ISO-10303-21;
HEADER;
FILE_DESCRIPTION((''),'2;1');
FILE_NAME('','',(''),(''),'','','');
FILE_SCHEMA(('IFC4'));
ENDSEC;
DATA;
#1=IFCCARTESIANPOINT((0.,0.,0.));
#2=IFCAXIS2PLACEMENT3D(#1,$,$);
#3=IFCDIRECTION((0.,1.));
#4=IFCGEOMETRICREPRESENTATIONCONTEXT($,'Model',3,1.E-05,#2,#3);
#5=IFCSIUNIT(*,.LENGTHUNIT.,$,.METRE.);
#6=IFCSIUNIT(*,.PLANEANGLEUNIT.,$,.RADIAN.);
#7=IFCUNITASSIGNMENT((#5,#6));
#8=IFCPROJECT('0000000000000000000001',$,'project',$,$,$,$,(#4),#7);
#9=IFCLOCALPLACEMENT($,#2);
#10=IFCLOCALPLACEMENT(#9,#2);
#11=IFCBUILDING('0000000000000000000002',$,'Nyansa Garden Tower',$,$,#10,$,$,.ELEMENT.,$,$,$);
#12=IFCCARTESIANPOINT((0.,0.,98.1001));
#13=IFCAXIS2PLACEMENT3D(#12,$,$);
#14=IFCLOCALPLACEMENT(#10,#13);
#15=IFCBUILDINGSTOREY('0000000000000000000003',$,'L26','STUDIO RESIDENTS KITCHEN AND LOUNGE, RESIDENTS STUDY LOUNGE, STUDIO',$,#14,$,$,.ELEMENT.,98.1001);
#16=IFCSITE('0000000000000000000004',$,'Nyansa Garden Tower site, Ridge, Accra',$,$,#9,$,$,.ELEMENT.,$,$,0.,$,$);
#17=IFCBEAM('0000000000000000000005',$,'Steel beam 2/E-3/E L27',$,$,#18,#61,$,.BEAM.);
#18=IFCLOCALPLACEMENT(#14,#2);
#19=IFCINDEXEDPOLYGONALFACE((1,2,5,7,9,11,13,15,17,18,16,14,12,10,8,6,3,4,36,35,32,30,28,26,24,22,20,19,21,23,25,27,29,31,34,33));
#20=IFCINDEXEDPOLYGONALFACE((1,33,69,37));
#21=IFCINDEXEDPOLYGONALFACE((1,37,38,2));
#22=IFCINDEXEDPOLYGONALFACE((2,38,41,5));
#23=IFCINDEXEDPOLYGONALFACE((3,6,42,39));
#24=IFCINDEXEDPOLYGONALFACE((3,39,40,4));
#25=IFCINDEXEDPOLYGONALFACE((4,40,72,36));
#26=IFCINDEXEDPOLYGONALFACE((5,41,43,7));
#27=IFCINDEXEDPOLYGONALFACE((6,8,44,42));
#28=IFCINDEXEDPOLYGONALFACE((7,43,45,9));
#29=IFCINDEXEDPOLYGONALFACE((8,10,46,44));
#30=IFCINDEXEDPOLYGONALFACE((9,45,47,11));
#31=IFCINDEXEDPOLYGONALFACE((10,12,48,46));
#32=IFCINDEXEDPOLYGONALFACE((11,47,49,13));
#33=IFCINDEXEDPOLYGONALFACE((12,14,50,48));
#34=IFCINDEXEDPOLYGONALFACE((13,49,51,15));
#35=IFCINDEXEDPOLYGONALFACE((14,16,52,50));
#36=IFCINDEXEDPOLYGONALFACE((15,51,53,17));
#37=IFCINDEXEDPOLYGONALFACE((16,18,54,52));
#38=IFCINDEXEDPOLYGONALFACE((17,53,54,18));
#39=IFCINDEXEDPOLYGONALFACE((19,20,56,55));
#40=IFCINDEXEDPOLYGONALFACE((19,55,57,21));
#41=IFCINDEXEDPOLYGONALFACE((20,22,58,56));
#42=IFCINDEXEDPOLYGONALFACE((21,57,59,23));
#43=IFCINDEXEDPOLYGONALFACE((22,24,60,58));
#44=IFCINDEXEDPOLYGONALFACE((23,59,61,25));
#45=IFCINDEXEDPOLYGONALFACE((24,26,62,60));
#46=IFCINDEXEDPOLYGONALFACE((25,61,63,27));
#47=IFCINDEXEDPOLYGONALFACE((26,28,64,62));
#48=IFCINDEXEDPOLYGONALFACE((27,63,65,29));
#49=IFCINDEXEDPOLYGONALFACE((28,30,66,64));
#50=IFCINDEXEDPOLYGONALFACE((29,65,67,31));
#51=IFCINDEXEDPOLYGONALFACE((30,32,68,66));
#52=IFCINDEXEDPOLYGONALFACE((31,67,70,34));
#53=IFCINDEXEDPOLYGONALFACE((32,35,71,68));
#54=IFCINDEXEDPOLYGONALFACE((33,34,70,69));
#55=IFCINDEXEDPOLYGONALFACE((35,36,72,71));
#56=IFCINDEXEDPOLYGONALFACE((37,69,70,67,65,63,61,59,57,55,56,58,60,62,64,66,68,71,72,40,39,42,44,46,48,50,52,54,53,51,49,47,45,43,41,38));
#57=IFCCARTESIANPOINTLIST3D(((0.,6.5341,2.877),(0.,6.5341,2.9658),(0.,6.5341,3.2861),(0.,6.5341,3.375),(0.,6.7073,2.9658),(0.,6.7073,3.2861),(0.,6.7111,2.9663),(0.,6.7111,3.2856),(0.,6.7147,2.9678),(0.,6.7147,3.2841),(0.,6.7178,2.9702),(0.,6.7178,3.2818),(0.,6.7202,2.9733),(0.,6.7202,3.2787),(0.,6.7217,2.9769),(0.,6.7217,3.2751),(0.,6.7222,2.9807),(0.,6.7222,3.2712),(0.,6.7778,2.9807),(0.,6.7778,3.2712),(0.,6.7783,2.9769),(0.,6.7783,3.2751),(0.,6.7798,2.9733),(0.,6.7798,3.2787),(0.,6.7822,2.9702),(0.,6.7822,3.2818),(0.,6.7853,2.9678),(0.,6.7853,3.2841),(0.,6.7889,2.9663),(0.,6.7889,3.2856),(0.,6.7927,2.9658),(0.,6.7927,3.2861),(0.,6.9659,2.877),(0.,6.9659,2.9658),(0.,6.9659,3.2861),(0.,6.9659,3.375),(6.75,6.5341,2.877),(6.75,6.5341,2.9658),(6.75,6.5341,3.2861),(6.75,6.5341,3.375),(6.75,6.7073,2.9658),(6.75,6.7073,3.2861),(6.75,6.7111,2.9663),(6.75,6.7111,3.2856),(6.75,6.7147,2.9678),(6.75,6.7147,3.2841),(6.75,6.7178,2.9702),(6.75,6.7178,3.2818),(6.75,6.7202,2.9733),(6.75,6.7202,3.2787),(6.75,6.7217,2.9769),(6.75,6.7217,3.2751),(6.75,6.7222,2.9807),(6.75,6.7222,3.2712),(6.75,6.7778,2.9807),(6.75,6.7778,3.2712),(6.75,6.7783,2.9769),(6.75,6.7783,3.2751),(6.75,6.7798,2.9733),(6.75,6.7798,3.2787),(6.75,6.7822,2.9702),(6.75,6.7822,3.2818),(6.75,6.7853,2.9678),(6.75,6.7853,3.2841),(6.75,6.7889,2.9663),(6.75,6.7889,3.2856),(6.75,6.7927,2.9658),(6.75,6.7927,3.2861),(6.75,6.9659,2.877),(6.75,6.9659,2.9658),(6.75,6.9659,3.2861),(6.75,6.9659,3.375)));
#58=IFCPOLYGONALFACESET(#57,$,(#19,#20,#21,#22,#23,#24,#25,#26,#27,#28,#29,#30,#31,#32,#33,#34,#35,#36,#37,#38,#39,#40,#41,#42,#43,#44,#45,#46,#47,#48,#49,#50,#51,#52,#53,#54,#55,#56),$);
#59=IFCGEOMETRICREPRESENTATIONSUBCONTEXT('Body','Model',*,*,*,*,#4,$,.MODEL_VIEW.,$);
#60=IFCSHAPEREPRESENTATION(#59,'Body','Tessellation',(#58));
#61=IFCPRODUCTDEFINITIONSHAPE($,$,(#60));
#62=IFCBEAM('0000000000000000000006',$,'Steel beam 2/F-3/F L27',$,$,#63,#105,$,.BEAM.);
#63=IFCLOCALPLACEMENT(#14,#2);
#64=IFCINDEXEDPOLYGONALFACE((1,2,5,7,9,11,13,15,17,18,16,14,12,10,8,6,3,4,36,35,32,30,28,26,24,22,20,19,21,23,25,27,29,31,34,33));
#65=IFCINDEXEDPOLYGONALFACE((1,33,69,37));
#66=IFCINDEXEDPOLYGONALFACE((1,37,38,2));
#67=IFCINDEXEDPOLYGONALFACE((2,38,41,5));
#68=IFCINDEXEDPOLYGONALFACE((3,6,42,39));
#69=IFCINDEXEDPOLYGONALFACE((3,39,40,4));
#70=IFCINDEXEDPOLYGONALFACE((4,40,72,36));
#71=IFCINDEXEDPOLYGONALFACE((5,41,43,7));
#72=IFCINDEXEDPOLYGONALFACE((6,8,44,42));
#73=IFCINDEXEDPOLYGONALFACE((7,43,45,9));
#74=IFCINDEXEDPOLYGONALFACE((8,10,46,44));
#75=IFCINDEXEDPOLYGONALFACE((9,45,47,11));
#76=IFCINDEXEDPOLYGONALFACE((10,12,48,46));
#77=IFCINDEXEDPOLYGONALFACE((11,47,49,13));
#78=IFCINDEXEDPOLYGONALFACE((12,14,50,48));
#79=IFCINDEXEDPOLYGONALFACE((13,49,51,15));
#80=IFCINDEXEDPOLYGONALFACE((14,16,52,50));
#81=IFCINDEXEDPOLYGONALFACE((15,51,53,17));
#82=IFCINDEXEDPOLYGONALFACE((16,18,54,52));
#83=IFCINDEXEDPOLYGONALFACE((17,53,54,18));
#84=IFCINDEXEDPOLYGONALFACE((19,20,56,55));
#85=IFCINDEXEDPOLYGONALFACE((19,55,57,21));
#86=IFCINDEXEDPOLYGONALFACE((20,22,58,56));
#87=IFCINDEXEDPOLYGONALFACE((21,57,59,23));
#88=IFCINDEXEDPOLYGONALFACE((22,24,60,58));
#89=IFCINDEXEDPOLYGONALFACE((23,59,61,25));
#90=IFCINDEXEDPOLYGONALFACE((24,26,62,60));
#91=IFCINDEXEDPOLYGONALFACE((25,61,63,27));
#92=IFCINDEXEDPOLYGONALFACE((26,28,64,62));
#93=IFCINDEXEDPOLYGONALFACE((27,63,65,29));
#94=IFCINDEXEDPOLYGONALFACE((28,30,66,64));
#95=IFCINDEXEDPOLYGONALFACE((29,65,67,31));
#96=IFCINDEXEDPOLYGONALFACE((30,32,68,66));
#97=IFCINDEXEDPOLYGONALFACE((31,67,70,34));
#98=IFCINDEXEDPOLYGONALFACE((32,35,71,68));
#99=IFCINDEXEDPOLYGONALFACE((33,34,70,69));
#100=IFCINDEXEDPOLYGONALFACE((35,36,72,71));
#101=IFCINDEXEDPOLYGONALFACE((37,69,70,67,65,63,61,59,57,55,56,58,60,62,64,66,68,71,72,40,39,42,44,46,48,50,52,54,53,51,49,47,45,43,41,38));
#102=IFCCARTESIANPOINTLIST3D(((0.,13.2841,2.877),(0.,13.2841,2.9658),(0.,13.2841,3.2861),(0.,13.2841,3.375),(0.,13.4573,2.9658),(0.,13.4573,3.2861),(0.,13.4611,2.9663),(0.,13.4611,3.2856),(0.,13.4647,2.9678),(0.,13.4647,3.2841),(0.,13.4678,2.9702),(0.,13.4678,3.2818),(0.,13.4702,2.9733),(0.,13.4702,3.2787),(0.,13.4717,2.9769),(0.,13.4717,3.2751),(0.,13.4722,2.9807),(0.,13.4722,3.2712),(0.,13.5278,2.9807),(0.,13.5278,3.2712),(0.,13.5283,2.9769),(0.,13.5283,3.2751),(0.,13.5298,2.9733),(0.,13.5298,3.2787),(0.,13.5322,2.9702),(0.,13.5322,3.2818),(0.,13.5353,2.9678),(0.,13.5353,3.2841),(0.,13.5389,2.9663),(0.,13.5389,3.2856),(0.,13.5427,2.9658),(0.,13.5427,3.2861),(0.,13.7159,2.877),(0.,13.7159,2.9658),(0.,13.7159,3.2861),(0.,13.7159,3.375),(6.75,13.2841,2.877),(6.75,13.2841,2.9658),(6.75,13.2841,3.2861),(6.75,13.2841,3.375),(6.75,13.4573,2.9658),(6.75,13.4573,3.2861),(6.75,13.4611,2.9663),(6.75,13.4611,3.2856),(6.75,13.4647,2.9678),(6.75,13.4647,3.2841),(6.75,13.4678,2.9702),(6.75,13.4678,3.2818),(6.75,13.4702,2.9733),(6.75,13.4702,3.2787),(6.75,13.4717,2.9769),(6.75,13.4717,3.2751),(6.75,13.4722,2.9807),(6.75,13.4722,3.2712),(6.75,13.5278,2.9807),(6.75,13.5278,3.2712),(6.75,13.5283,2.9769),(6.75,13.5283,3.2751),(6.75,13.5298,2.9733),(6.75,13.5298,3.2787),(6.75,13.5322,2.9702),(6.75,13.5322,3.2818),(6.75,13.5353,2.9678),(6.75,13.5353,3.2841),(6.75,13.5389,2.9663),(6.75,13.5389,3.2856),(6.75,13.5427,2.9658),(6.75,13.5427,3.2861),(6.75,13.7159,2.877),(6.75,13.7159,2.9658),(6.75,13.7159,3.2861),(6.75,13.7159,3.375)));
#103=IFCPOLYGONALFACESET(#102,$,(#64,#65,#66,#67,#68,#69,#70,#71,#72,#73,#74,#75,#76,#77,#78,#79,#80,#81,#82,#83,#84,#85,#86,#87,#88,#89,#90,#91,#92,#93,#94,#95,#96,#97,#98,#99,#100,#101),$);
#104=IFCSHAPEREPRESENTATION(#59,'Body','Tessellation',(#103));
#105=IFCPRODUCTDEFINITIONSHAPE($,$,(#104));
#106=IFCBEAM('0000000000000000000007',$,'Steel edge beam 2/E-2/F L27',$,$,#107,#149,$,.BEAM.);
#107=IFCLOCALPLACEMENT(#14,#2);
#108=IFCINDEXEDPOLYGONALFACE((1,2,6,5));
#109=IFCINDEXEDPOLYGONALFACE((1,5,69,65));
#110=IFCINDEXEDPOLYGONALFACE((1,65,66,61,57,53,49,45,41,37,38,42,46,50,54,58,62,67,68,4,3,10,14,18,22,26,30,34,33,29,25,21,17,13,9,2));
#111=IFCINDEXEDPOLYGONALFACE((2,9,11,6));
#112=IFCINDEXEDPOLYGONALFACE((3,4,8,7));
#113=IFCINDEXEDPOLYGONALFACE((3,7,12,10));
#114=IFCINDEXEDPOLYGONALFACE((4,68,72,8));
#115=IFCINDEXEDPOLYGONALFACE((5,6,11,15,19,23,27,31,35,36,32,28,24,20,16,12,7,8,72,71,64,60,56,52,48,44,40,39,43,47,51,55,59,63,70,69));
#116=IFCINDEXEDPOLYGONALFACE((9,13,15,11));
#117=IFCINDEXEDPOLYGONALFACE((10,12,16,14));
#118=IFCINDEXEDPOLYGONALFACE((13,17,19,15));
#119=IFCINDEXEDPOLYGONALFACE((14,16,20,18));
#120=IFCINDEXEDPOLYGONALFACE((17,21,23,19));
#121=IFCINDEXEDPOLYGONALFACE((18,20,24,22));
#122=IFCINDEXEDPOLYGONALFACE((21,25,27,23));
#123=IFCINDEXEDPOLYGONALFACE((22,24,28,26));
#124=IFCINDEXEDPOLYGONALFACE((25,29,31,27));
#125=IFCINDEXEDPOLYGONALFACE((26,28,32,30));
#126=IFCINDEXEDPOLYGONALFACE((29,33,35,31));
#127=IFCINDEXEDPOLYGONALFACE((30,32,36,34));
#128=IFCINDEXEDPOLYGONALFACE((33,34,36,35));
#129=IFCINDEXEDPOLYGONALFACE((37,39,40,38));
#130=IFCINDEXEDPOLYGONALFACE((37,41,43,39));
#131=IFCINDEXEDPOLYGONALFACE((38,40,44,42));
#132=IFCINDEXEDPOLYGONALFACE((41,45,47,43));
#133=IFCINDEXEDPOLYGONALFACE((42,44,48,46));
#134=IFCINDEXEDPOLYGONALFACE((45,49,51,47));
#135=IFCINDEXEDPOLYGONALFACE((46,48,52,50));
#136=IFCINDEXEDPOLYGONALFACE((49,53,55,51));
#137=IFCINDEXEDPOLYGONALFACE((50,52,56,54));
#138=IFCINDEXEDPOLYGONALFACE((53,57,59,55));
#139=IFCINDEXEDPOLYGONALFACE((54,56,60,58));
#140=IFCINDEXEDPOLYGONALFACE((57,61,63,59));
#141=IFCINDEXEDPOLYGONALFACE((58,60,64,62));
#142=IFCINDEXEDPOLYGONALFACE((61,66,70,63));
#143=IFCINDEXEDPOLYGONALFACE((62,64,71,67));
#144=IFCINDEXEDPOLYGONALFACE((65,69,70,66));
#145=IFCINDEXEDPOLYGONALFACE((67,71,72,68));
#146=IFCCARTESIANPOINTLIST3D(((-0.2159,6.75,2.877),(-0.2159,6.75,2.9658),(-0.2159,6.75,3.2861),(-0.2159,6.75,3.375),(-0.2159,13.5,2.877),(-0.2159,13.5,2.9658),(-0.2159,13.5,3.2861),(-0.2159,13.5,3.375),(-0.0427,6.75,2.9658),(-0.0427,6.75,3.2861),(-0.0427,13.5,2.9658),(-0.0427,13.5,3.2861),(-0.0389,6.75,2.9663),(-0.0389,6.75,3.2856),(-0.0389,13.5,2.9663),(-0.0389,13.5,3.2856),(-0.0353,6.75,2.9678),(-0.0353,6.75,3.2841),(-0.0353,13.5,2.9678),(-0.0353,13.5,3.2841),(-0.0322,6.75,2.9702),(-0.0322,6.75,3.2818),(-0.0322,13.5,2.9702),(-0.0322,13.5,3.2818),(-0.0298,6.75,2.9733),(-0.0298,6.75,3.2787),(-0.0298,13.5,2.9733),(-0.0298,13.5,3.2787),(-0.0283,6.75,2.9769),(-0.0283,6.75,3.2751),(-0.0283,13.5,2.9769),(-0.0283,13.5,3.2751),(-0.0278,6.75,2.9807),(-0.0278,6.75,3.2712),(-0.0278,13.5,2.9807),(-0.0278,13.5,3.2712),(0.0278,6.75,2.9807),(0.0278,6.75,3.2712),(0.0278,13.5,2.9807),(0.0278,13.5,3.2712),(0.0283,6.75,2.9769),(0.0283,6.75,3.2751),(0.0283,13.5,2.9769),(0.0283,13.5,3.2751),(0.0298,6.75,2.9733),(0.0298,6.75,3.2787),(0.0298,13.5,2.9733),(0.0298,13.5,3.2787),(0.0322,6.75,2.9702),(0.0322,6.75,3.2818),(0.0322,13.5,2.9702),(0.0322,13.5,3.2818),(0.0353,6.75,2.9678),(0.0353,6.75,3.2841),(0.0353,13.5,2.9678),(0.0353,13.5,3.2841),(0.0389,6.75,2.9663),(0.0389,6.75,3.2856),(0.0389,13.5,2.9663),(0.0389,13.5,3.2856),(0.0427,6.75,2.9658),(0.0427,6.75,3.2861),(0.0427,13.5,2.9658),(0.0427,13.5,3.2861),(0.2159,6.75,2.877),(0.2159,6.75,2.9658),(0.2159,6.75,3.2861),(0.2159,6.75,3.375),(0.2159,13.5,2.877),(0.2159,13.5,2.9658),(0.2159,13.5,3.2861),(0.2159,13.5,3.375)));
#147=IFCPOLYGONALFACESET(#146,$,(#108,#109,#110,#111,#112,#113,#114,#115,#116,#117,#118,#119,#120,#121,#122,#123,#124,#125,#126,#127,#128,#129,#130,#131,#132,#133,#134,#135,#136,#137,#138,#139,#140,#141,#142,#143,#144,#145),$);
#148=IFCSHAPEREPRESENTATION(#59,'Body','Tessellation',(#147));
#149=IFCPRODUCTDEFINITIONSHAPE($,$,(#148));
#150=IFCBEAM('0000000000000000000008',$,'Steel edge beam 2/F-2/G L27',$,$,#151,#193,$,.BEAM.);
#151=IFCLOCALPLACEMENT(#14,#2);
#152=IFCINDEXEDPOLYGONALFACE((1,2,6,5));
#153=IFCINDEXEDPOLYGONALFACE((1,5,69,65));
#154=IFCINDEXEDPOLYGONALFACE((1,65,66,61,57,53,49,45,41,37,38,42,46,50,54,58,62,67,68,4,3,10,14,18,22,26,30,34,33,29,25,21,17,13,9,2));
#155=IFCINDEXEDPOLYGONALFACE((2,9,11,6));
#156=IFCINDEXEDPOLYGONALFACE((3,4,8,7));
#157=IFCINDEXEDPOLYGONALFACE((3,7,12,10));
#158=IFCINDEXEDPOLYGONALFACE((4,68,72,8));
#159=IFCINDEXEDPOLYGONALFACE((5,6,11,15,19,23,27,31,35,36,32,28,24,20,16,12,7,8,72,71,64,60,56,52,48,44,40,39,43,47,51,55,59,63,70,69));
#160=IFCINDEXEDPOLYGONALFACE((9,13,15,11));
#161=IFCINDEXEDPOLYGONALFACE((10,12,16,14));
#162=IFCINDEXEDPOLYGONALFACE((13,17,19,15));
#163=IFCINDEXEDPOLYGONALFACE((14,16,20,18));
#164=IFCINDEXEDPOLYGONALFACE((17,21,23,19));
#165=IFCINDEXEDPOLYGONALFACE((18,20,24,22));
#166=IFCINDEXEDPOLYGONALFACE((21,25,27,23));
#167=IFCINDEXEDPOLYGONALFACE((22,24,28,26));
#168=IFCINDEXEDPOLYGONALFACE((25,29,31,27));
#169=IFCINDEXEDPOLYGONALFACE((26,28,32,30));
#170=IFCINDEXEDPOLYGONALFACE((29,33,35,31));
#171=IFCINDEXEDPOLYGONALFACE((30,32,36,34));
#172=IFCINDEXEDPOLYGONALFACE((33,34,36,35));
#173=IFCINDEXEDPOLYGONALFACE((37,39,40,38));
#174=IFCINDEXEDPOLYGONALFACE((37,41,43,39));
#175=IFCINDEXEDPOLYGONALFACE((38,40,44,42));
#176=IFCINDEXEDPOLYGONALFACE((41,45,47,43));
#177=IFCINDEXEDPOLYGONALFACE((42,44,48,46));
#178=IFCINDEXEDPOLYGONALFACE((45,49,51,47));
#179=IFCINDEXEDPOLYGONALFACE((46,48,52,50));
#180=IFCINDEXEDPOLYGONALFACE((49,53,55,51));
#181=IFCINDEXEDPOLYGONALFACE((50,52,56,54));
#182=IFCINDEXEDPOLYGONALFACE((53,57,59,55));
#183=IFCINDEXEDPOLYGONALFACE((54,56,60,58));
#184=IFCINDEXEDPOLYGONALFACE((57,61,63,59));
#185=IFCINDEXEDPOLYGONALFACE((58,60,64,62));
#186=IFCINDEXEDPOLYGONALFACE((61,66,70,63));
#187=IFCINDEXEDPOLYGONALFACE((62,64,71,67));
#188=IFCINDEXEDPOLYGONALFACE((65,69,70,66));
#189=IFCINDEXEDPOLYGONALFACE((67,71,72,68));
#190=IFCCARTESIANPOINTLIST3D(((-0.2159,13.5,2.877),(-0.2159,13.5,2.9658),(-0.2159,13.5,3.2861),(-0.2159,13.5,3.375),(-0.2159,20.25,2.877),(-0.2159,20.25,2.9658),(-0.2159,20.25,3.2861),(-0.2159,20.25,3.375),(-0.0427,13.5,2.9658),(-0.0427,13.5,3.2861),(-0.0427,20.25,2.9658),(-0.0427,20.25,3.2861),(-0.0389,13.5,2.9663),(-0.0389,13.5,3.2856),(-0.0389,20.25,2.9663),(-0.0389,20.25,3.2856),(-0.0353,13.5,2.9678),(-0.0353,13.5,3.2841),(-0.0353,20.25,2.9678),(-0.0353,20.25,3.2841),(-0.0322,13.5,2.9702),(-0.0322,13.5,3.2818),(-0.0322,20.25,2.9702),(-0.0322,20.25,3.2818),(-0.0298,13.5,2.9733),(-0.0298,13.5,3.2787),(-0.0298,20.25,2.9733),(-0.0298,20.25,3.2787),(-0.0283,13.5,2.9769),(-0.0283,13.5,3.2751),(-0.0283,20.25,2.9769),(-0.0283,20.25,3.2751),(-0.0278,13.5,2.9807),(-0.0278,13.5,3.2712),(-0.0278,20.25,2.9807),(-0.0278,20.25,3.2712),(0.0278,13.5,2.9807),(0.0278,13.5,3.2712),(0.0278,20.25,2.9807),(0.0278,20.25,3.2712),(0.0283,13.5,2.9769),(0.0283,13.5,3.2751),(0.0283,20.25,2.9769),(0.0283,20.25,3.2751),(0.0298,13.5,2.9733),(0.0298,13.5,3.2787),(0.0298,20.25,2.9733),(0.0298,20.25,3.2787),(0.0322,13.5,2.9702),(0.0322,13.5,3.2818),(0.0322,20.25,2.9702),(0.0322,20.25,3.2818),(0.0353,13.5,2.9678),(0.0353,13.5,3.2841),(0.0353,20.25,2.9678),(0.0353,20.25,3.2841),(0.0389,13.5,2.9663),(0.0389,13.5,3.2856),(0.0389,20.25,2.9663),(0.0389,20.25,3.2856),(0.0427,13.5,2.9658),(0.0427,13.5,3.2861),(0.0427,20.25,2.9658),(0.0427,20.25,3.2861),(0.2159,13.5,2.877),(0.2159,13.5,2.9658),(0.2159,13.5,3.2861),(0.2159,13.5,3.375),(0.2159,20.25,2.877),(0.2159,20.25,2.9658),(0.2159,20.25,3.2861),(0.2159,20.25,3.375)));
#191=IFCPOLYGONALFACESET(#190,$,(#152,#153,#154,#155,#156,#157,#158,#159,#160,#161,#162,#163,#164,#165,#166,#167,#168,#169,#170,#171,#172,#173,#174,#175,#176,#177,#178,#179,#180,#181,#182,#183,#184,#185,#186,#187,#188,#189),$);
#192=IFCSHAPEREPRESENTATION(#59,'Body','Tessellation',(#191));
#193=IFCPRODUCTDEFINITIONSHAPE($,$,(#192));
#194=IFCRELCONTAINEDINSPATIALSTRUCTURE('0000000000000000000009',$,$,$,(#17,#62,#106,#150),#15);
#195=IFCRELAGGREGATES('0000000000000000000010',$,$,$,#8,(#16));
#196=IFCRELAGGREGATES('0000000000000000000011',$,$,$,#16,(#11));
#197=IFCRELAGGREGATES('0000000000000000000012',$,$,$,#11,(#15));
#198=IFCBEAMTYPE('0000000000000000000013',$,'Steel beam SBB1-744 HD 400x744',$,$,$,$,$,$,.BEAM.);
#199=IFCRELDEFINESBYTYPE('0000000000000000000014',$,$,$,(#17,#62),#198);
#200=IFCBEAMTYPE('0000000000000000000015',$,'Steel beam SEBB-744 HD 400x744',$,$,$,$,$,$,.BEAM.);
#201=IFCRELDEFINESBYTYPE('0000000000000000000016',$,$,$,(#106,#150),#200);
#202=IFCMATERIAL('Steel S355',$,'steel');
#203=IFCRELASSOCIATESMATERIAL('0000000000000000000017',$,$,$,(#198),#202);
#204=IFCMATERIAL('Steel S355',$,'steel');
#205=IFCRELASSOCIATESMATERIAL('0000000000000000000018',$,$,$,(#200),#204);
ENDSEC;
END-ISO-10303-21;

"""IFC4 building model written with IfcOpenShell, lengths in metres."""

from ifc_helpers import new_model, si_unit, direction, frame, origin, origin_2d, place, context, subcontext, project, spatial, i_section, extrude, material, material_profile, profile_set, type_object, element, save


model = new_model("IFC4")

# Units and contexts
model_context = context("Model", 3, precision=1e-05, world=origin(), true_north=direction((0.0, 1.0)))
body_context = subcontext(model_context, "Body", "Model", "MODEL_VIEW")
ifc_project = project(units=[si_unit("LENGTHUNIT", "METRE"), si_unit("PLANEANGLEUNIT", "RADIAN")], contexts=[model_context])

# Site, building, storey
site_placement = place(None, origin())
site = spatial("IfcSite", under=ifc_project, at=site_placement, Name="Nyansa Garden Tower site, Ridge, Accra", CompositionType="ELEMENT", RefElevation=0.0)
building_placement = place(site_placement, origin())
building = spatial("IfcBuilding", under=site, at=building_placement, Name="Nyansa Garden Tower", CompositionType="ELEMENT")
storey_placement = place(building_placement, frame((0.0, 0.0, 98.1001)))
storey = spatial("IfcBuildingStorey", under=building, at=storey_placement, Name="L26", Description="STUDIO RESIDENTS KITCHEN AND LOUNGE, RESIDENTS STUDY LOUNGE, STUDIO", CompositionType="ELEMENT", Elevation=98.1001)

# Beams
ifc_material_1 = material(Name="Steel S355", Category="steel")
ifc_material_profile_1 = material_profile(ifc_material_1, i_section(OverallWidth=0.4319, OverallDepth=0.498, WebThickness=0.0557, FlangeThickness=0.0889, FilletRadius=0.0149, at=origin_2d()), Name="HD 400x744")
ifc_profile_set_1 = profile_set([ifc_material_profile_1], Name="Steel S355")
beam_type_1 = type_object("IfcBeamType", Name="Steel beam SBB1-744 HD 400x744", PredefinedType="BEAM", material=ifc_profile_set_1)
for number, where, z_axis, x_axis, name in (
    (1, (0.0, 6.75, 3.126), (1.0, 0.0, 0.0), (0.0, 1.0, 0.0), "Steel beam 2/E-3/E L27"),
    (2, (0.0, 13.5, 3.126), (1.0, 0.0, 0.0), (0.0, 1.0, 0.0), "Steel beam 2/F-3/F L27"),
):
    element("IfcBeam", number, at=place(storey_placement, frame(where, z_axis=z_axis, x_axis=x_axis)), inside=storey, type_object=beam_type_1, Name=name, PredefinedType="BEAM", context=body_context, shape_type="SweptSolid", body=[
        extrude(i_section(OverallWidth=0.4319, OverallDepth=0.498, WebThickness=0.0557, FlangeThickness=0.0889, FilletRadius=0.0149, at=origin_2d()), origin(), (0.0, 0.0, 1.0), 6.75),
    ])
ifc_material_2 = material(Name="Steel S355", Category="steel")
ifc_material_profile_2 = material_profile(ifc_material_2, i_section(OverallWidth=0.4319, OverallDepth=0.498, WebThickness=0.0557, FlangeThickness=0.0889, FilletRadius=0.0149, at=origin_2d()), Name="HD 400x744")
ifc_profile_set_2 = profile_set([ifc_material_profile_2], Name="Steel S355")
beam_type_2 = type_object("IfcBeamType", Name="Steel beam SEBB-744 HD 400x744", PredefinedType="BEAM", material=ifc_profile_set_2)
for number, where, z_axis, x_axis, name in (
    (3, (0.0, 6.75, 3.126), (0.0, 1.0, 0.0), (-1.0, 0.0, 0.0), "Steel edge beam 2/E-2/F L27"),
    (4, (0.0, 13.5, 3.126), (0.0, 1.0, 0.0), (-1.0, 0.0, 0.0), "Steel edge beam 2/F-2/G L27"),
):
    element("IfcBeam", number, at=place(storey_placement, frame(where, z_axis=z_axis, x_axis=x_axis)), inside=storey, type_object=beam_type_2, Name=name, PredefinedType="BEAM", context=body_context, shape_type="SweptSolid", body=[
        extrude(i_section(OverallWidth=0.4319, OverallDepth=0.498, WebThickness=0.0557, FlangeThickness=0.0889, FilletRadius=0.0149, at=origin_2d()), origin(), (0.0, 0.0, 1.0), 6.75),
    ])

save(model, "model.ifc")
